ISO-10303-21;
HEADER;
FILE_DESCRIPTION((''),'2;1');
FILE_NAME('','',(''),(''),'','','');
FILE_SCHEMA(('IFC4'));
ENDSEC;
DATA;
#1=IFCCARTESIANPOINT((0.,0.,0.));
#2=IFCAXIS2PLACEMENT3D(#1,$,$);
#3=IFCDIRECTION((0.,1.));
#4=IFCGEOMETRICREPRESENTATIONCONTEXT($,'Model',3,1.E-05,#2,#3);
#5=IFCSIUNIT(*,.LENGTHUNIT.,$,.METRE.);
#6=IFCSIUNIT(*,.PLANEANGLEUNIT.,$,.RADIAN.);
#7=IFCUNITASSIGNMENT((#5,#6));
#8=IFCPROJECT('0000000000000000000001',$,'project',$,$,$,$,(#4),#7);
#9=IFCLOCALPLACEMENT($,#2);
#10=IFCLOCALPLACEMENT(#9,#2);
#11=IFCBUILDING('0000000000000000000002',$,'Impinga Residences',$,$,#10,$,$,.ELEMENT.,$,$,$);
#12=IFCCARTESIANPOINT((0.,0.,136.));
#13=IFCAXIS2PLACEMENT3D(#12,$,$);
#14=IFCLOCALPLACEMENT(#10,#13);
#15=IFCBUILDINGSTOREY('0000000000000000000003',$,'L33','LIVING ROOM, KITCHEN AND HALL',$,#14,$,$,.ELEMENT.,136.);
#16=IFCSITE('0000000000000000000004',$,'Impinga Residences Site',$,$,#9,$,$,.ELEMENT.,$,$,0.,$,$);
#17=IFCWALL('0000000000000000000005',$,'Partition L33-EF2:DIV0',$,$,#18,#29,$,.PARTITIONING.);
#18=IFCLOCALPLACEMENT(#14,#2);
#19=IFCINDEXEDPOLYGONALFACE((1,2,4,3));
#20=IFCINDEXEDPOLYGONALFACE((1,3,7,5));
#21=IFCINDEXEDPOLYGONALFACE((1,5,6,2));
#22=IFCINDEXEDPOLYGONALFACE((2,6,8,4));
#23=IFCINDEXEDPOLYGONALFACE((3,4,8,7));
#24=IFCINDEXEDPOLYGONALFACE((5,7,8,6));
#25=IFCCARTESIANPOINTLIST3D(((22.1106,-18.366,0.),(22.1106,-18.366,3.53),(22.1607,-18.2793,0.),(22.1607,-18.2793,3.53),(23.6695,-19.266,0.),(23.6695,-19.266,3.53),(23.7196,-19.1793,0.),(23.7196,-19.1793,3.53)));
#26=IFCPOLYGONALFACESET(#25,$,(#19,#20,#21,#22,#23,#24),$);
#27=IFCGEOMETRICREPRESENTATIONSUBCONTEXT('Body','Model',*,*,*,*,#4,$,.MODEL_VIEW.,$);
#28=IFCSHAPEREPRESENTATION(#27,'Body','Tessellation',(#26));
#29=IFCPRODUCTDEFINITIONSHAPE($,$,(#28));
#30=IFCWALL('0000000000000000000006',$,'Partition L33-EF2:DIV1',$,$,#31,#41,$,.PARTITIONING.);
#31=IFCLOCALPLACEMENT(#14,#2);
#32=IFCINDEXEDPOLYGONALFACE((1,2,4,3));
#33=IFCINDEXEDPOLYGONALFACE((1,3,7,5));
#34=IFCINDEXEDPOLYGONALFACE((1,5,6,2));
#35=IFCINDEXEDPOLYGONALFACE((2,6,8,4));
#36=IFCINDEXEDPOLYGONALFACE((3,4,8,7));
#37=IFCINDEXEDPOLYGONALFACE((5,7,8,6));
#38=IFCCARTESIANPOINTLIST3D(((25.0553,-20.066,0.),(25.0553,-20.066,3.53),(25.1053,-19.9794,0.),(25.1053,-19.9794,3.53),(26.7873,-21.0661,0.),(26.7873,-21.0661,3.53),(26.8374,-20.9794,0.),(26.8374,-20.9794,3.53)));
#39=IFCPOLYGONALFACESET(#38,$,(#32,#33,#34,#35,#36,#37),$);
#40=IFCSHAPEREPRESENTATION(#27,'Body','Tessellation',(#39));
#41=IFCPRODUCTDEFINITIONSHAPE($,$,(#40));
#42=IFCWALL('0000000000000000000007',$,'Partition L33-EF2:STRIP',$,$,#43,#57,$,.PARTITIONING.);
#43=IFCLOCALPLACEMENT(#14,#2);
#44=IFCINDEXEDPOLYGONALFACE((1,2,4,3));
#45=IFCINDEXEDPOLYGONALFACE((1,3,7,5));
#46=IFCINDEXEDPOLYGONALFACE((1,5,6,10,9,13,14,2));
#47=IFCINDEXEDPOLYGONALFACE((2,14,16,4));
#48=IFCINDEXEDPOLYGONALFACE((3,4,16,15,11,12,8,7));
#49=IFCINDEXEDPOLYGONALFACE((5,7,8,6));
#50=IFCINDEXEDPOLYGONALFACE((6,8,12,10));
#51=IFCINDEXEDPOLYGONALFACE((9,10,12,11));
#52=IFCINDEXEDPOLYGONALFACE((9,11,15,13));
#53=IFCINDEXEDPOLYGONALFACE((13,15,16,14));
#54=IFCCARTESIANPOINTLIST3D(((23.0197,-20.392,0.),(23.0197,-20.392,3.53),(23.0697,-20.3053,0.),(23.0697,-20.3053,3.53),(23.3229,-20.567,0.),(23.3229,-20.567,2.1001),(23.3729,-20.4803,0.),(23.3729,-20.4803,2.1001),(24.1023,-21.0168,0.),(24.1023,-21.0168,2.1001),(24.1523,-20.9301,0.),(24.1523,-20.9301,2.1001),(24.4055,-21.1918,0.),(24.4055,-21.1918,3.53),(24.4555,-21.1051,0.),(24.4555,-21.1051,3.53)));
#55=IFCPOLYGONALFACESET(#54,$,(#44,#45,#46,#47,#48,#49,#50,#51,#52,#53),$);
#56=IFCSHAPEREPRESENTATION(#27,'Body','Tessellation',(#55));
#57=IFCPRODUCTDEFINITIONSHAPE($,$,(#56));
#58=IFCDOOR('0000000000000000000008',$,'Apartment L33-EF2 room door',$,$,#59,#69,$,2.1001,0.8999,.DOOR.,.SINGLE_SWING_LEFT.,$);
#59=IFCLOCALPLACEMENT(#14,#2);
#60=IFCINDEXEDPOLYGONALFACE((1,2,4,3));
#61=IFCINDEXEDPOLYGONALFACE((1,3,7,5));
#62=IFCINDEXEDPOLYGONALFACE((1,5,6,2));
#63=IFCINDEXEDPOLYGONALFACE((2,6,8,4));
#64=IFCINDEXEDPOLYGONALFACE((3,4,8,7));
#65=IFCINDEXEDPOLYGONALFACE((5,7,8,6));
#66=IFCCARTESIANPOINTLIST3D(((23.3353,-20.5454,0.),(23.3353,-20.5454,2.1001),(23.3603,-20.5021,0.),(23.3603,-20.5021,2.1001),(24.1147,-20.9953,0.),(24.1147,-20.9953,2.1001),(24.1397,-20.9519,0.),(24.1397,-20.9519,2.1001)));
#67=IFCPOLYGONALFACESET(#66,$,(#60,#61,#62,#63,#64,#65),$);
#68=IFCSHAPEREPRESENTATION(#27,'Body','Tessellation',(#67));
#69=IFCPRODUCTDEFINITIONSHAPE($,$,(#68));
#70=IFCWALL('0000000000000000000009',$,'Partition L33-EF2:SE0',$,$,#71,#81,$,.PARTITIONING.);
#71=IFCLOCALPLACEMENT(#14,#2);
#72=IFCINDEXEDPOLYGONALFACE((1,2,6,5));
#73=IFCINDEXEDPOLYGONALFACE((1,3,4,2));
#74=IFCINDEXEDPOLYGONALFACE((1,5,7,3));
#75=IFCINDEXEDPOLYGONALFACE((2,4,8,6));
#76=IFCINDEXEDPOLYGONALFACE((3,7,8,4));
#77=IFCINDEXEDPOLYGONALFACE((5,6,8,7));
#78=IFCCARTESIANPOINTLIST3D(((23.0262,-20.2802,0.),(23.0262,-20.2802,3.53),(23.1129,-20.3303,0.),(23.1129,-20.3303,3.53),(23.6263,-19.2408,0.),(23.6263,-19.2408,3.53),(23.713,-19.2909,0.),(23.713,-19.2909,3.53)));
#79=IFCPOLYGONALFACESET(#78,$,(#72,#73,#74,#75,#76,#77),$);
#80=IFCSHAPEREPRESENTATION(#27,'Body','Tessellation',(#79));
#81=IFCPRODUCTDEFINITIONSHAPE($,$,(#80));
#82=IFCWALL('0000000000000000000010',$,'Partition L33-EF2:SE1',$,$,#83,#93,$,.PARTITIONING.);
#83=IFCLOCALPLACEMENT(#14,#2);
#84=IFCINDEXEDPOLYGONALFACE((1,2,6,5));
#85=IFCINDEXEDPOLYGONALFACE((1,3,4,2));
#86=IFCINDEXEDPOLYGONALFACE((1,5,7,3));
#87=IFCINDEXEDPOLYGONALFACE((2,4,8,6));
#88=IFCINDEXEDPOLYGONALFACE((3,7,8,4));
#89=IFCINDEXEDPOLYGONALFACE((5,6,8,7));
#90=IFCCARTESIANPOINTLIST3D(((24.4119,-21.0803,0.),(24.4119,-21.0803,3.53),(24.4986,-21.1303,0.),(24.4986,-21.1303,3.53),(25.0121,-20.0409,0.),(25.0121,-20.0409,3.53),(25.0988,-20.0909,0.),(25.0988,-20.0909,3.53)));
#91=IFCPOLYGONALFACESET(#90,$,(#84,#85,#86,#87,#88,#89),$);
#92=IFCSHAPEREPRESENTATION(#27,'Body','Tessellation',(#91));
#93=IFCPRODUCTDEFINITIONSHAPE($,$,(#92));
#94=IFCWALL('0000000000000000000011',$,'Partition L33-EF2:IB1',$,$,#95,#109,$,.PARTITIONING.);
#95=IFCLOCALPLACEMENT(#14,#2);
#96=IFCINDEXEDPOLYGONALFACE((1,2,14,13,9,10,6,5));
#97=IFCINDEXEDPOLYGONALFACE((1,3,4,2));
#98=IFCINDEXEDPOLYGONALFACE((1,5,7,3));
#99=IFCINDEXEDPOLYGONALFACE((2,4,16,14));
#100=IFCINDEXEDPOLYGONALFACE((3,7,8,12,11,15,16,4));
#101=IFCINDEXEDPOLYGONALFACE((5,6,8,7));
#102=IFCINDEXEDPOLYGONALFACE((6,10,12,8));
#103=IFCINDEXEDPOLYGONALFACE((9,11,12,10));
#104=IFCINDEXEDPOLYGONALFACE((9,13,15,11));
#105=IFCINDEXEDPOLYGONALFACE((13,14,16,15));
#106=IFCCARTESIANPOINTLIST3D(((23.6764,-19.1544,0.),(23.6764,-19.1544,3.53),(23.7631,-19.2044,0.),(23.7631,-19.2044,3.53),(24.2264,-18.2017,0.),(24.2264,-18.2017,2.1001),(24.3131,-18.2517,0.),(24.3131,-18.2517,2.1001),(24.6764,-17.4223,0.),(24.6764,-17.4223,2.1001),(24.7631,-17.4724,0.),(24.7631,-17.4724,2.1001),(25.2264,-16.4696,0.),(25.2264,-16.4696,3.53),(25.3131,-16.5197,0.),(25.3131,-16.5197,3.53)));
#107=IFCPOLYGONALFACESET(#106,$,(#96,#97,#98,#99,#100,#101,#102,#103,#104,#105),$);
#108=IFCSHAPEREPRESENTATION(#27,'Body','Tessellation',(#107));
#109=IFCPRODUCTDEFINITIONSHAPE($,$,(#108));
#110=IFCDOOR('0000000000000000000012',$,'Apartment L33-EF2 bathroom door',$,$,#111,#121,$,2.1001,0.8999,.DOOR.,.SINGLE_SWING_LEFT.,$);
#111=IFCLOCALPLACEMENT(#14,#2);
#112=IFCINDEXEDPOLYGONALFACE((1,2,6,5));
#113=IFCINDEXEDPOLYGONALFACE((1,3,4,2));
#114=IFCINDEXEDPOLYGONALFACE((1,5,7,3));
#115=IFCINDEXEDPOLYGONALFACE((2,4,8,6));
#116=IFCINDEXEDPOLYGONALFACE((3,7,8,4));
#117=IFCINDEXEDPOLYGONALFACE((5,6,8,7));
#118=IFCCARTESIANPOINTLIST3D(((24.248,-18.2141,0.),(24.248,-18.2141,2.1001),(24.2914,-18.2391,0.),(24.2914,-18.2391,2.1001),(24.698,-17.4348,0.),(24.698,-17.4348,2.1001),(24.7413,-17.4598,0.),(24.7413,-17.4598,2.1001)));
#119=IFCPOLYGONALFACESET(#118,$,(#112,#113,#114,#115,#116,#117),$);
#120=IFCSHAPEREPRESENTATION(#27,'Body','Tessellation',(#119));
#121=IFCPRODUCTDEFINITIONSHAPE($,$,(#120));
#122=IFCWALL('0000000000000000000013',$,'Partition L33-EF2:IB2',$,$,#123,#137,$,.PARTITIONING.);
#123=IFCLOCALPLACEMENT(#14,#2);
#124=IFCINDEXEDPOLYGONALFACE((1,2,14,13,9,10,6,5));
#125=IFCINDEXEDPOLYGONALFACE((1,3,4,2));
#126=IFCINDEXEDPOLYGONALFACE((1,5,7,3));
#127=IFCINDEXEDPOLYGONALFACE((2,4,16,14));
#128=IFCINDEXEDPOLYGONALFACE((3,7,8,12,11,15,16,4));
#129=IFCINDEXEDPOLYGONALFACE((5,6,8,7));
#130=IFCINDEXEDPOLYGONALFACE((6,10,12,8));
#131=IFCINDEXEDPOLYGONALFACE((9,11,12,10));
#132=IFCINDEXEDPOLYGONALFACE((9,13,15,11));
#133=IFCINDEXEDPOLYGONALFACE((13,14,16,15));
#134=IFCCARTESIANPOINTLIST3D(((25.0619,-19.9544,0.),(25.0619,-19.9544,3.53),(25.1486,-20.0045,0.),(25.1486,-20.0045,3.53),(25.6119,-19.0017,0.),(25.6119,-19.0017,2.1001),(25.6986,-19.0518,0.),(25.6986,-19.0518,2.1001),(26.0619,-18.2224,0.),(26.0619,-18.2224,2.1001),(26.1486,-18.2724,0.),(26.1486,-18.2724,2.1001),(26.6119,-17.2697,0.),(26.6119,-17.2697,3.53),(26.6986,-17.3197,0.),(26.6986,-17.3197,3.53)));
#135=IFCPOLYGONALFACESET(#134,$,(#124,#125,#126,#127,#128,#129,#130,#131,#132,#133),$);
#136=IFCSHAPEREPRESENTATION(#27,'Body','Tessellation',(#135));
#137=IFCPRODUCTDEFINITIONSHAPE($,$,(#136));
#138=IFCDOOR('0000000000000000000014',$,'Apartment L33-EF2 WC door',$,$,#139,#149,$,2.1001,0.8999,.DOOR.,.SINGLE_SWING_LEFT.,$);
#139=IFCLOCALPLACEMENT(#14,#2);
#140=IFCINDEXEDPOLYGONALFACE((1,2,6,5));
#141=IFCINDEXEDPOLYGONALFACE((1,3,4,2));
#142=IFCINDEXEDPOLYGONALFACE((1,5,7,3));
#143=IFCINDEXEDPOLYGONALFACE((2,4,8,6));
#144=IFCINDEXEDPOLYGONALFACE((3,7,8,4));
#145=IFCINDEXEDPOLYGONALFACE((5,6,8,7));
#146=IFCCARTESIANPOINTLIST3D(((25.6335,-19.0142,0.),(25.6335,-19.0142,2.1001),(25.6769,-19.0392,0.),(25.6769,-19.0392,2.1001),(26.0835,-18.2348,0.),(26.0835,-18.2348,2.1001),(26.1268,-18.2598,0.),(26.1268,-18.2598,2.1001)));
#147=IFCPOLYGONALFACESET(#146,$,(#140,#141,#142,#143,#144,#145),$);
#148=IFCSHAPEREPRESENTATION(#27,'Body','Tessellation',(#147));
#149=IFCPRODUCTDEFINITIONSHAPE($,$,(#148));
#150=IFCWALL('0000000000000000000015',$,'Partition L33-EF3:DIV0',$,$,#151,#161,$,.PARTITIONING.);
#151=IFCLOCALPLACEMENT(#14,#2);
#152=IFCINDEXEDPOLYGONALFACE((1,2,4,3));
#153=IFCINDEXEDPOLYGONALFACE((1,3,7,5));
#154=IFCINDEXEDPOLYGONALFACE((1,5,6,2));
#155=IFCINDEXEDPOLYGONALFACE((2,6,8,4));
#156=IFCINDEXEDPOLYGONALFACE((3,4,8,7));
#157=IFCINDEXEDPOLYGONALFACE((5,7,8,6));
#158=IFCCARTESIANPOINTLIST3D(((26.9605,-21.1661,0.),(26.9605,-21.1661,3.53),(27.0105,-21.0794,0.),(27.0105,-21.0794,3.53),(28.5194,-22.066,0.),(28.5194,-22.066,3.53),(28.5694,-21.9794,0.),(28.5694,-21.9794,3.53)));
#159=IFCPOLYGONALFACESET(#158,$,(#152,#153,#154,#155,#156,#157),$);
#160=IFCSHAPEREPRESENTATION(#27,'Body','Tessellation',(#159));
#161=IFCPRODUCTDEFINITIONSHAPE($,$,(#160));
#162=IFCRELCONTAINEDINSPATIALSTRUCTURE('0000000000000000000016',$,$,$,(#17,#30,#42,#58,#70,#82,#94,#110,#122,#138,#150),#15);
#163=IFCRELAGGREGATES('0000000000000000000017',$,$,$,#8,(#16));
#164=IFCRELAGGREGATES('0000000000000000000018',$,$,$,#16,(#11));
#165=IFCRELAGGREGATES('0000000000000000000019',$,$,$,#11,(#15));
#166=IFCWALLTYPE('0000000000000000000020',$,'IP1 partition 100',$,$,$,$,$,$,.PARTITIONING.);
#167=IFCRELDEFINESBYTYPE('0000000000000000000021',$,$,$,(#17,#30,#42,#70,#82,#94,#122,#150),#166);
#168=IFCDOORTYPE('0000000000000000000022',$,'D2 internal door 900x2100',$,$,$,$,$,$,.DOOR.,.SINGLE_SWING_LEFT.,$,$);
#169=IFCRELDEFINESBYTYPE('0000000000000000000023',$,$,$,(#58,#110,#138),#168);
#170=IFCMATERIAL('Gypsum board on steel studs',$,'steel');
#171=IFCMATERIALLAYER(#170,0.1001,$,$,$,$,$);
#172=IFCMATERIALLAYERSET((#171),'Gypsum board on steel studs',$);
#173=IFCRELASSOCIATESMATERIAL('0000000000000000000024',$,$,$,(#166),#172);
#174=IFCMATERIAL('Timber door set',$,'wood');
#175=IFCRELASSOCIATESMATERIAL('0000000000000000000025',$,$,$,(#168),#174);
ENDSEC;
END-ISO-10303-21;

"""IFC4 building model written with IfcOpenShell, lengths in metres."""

from ifc_helpers import new_model, si_unit, direction, frame, frame_2d, origin, place, context, subcontext, project, spatial, rectangle, extrude, material, layer, layer_set, type_object, element, fill, save


model = new_model("IFC4")

# Units and contexts
model_context = context("Model", 3, precision=1e-05, world=origin(), true_north=direction((0.0, 1.0)))
body_context = subcontext(model_context, "Body", "Model", "MODEL_VIEW")
ifc_project = project(units=[si_unit("LENGTHUNIT", "METRE"), si_unit("PLANEANGLEUNIT", "RADIAN")], contexts=[model_context])

# Site, building, storey
site_placement = place(None, origin())
site = spatial("IfcSite", under=ifc_project, at=site_placement, Name="Impinga Residences Site", CompositionType="ELEMENT", RefElevation=0.0)
building_placement = place(site_placement, origin())
building = spatial("IfcBuilding", under=site, at=building_placement, Name="Impinga Residences", CompositionType="ELEMENT")
storey_placement = place(building_placement, frame((0.0, 0.0, 136.0)))
storey = spatial("IfcBuildingStorey", under=building, at=storey_placement, Name="L33", Description="LIVING ROOM, KITCHEN AND HALL", CompositionType="ELEMENT", Elevation=136.0)

# Shared definitions
ifc_material_1 = material(Name="Gypsum board on steel studs", Category="steel")
ifc_layer_1 = layer(ifc_material_1, 0.1001)
ifc_layer_set_1 = layer_set([ifc_layer_1], Name="Gypsum board on steel studs")
wall_type_1 = type_object("IfcWallType", Name="IP1 partition 100", PredefinedType="PARTITIONING", material=ifc_layer_set_1)
ifc_material_2 = material(Name="Timber door set", Category="wood")
door_type = type_object("IfcDoorType", Name="D2 internal door 900x2100", OperationType="SINGLE_SWING_LEFT", PredefinedType="DOOR", material=ifc_material_2)

# Walls
wall_1_placement = place(storey_placement, frame((22.1357, -18.3228, 0.0), z_axis=(0.0, 0.0, 1.0), x_axis=(0.866048, -0.499961, 0.0)))
element("IfcWall", 1, at=wall_1_placement, inside=storey, type_object=wall_type_1, Name="Partition L33-EF2:DIV0", PredefinedType="PARTITIONING", context=body_context, shape_type="SweptSolid", body=[
    extrude(rectangle(XDim=1.8, YDim=0.1001, at=frame_2d((0.8999, 0.0))), origin(), (0.0, 0.0, 1.0), 3.53),
])
wall_2_placement = place(storey_placement, frame((25.0803, -20.0227, 0.0), z_axis=(0.0, 0.0, 1.0), x_axis=(0.866011, -0.500025, 0.0)))
element("IfcWall", 2, at=wall_2_placement, inside=storey, type_object=wall_type_1, Name="Partition L33-EF2:DIV1", PredefinedType="PARTITIONING", context=body_context, shape_type="SweptSolid", body=[
    extrude(rectangle(XDim=2.0, YDim=0.1001, at=frame_2d((1.0, 0.0))), origin(), (0.0, 0.0, 1.0), 3.53),
])

# Wall, opening, door
wall_3_placement = place(storey_placement, frame((23.0447, -20.3486, 0.0), z_axis=(0.0, 0.0, 1.0), x_axis=(0.866094, -0.499881, 0.0)))
wall_3 = element("IfcWall", 3, at=wall_3_placement, inside=storey, type_object=wall_type_1, Name="Partition L33-EF2:STRIP", PredefinedType="PARTITIONING", context=body_context, shape_type="SweptSolid", body=[
    extrude(rectangle(XDim=1.6001, YDim=0.1001, at=frame_2d((0.8, 0.0))), origin(), (0.0, 0.0, 1.0), 3.53),
])
opening_1_placement = place(wall_3_placement, frame((0.3501, 0.0, 0.0)))
opening_1 = element("IfcOpeningElement", 4, at=opening_1_placement, cuts=wall_3, PredefinedType="OPENING", context=body_context, shape_type="SweptSolid", body=[
    extrude(rectangle(XDim=0.8999, YDim=2.1001, at=frame_2d((0.45, 1.05))), frame((0.0, 0.0601, 0.0), z_axis=(0.0, -1.0, 0.0), x_axis=(1.0, 0.0, 0.0)), (0.0, 0.0, 1.0), 0.1201),
])
door_1_placement = place(opening_1_placement, origin())
door_1 = element("IfcDoor", 5, at=door_1_placement, inside=storey, type_object=door_type, Name="Apartment L33-EF2 room door", OperationType="SINGLE_SWING_LEFT", OverallHeight=2.1001, OverallWidth=0.8999, PredefinedType="DOOR", context=body_context, shape_type="SweptSolid", body=[
    extrude(rectangle(XDim=0.8999, YDim=2.1001, at=frame_2d((0.45, 1.05))), frame((0.0, 0.0249, 0.0), z_axis=(0.0, -1.0, 0.0), x_axis=(1.0, 0.0, 0.0)), (0.0, 0.0, 1.0), 0.05),
])
fill(opening_1, door_1)

# Walls
for number, where, z_axis, x_axis, name in (
    (6, (23.6697, -19.2659, 0.0), (0.0, 0.0, 1.0), (-0.500034, -0.866006, 0.0), "Partition L33-EF2:SE0"),
    (7, (25.0554, -20.0659, 0.0), (0.0, 0.0, 1.0), (-0.500034, -0.866006, 0.0), "Partition L33-EF2:SE1"),
):
    element("IfcWall", number, at=place(storey_placement, frame(where, z_axis=z_axis, x_axis=x_axis)), inside=storey, type_object=wall_type_1, Name=name, PredefinedType="PARTITIONING", context=body_context, shape_type="SweptSolid", body=[
        extrude(rectangle(XDim=1.2002, YDim=0.1001, at=frame_2d((0.6001, 0.0))), origin(), (0.0, 0.0, 1.0), 3.53),
    ])

# Walls, openings, doors
wall_4_placement = place(storey_placement, frame((25.2698, -16.4946, 0.0), z_axis=(0.0, 0.0, 1.0), x_axis=(-0.499993, -0.86603, 0.0)))
wall_4 = element("IfcWall", 8, at=wall_4_placement, inside=storey, type_object=wall_type_1, Name="Partition L33-EF2:IB1", PredefinedType="PARTITIONING", context=body_context, shape_type="SweptSolid", body=[
    extrude(rectangle(XDim=3.1001, YDim=0.1001, at=frame_2d((1.55, 0.0))), origin(), (0.0, 0.0, 1.0), 3.53),
])
opening_2_placement = place(wall_4_placement, frame((1.1001, 0.0, 0.0)))
opening_2 = element("IfcOpeningElement", 9, at=opening_2_placement, cuts=wall_4, PredefinedType="OPENING", context=body_context, shape_type="SweptSolid", body=[
    extrude(rectangle(XDim=0.8999, YDim=2.1001, at=frame_2d((0.45, 1.05))), frame((0.0, 0.0601, 0.0), z_axis=(0.0, -1.0, 0.0), x_axis=(1.0, 0.0, 0.0)), (0.0, 0.0, 1.0), 0.1201),
])
door_2_placement = place(opening_2_placement, origin())
door_2 = element("IfcDoor", 10, at=door_2_placement, inside=storey, type_object=door_type, Name="Apartment L33-EF2 bathroom door", OperationType="SINGLE_SWING_LEFT", OverallHeight=2.1001, OverallWidth=0.8999, PredefinedType="DOOR", context=body_context, shape_type="SweptSolid", body=[
    extrude(rectangle(XDim=0.8999, YDim=2.1001, at=frame_2d((0.45, 1.05))), frame((0.0, 0.0249, 0.0), z_axis=(0.0, -1.0, 0.0), x_axis=(1.0, 0.0, 0.0)), (0.0, 0.0, 1.0), 0.05),
])
fill(opening_2, door_2)
wall_5_placement = place(storey_placement, frame((26.6553, -17.2947, 0.0), z_axis=(0.0, 0.0, 1.0), x_axis=(-0.499993, -0.86603, 0.0)))
wall_5 = element("IfcWall", 11, at=wall_5_placement, inside=storey, type_object=wall_type_1, Name="Partition L33-EF2:IB2", PredefinedType="PARTITIONING", context=body_context, shape_type="SweptSolid", body=[
    extrude(rectangle(XDim=3.1001, YDim=0.1001, at=frame_2d((1.55, 0.0))), origin(), (0.0, 0.0, 1.0), 3.53),
])
opening_3_placement = place(wall_5_placement, frame((1.1001, 0.0, 0.0)))
opening_3 = element("IfcOpeningElement", 12, at=opening_3_placement, cuts=wall_5, PredefinedType="OPENING", context=body_context, shape_type="SweptSolid", body=[
    extrude(rectangle(XDim=0.8999, YDim=2.1001, at=frame_2d((0.45, 1.05))), frame((0.0, 0.0601, 0.0), z_axis=(0.0, -1.0, 0.0), x_axis=(1.0, 0.0, 0.0)), (0.0, 0.0, 1.0), 0.1201),
])
door_3_placement = place(opening_3_placement, origin())
door_3 = element("IfcDoor", 13, at=door_3_placement, inside=storey, type_object=door_type, Name="Apartment L33-EF2 WC door", OperationType="SINGLE_SWING_LEFT", OverallHeight=2.1001, OverallWidth=0.8999, PredefinedType="DOOR", context=body_context, shape_type="SweptSolid", body=[
    extrude(rectangle(XDim=0.8999, YDim=2.1001, at=frame_2d((0.45, 1.05))), frame((0.0, 0.0249, 0.0), z_axis=(0.0, -1.0, 0.0), x_axis=(1.0, 0.0, 0.0)), (0.0, 0.0, 1.0), 0.05),
])
fill(opening_3, door_3)

# Wall
wall_6_placement = place(storey_placement, frame((26.9856, -21.1228, 0.0), z_axis=(0.0, 0.0, 1.0), x_axis=(0.866048, -0.499961, 0.0)))
element("IfcWall", 14, at=wall_6_placement, inside=storey, type_object=wall_type_1, Name="Partition L33-EF3:DIV0", PredefinedType="PARTITIONING", context=body_context, shape_type="SweptSolid", body=[
    extrude(rectangle(XDim=1.8, YDim=0.1001, at=frame_2d((0.8999, 0.0))), origin(), (0.0, 0.0, 1.0), 3.53),
])

save(model, "model.ifc")
